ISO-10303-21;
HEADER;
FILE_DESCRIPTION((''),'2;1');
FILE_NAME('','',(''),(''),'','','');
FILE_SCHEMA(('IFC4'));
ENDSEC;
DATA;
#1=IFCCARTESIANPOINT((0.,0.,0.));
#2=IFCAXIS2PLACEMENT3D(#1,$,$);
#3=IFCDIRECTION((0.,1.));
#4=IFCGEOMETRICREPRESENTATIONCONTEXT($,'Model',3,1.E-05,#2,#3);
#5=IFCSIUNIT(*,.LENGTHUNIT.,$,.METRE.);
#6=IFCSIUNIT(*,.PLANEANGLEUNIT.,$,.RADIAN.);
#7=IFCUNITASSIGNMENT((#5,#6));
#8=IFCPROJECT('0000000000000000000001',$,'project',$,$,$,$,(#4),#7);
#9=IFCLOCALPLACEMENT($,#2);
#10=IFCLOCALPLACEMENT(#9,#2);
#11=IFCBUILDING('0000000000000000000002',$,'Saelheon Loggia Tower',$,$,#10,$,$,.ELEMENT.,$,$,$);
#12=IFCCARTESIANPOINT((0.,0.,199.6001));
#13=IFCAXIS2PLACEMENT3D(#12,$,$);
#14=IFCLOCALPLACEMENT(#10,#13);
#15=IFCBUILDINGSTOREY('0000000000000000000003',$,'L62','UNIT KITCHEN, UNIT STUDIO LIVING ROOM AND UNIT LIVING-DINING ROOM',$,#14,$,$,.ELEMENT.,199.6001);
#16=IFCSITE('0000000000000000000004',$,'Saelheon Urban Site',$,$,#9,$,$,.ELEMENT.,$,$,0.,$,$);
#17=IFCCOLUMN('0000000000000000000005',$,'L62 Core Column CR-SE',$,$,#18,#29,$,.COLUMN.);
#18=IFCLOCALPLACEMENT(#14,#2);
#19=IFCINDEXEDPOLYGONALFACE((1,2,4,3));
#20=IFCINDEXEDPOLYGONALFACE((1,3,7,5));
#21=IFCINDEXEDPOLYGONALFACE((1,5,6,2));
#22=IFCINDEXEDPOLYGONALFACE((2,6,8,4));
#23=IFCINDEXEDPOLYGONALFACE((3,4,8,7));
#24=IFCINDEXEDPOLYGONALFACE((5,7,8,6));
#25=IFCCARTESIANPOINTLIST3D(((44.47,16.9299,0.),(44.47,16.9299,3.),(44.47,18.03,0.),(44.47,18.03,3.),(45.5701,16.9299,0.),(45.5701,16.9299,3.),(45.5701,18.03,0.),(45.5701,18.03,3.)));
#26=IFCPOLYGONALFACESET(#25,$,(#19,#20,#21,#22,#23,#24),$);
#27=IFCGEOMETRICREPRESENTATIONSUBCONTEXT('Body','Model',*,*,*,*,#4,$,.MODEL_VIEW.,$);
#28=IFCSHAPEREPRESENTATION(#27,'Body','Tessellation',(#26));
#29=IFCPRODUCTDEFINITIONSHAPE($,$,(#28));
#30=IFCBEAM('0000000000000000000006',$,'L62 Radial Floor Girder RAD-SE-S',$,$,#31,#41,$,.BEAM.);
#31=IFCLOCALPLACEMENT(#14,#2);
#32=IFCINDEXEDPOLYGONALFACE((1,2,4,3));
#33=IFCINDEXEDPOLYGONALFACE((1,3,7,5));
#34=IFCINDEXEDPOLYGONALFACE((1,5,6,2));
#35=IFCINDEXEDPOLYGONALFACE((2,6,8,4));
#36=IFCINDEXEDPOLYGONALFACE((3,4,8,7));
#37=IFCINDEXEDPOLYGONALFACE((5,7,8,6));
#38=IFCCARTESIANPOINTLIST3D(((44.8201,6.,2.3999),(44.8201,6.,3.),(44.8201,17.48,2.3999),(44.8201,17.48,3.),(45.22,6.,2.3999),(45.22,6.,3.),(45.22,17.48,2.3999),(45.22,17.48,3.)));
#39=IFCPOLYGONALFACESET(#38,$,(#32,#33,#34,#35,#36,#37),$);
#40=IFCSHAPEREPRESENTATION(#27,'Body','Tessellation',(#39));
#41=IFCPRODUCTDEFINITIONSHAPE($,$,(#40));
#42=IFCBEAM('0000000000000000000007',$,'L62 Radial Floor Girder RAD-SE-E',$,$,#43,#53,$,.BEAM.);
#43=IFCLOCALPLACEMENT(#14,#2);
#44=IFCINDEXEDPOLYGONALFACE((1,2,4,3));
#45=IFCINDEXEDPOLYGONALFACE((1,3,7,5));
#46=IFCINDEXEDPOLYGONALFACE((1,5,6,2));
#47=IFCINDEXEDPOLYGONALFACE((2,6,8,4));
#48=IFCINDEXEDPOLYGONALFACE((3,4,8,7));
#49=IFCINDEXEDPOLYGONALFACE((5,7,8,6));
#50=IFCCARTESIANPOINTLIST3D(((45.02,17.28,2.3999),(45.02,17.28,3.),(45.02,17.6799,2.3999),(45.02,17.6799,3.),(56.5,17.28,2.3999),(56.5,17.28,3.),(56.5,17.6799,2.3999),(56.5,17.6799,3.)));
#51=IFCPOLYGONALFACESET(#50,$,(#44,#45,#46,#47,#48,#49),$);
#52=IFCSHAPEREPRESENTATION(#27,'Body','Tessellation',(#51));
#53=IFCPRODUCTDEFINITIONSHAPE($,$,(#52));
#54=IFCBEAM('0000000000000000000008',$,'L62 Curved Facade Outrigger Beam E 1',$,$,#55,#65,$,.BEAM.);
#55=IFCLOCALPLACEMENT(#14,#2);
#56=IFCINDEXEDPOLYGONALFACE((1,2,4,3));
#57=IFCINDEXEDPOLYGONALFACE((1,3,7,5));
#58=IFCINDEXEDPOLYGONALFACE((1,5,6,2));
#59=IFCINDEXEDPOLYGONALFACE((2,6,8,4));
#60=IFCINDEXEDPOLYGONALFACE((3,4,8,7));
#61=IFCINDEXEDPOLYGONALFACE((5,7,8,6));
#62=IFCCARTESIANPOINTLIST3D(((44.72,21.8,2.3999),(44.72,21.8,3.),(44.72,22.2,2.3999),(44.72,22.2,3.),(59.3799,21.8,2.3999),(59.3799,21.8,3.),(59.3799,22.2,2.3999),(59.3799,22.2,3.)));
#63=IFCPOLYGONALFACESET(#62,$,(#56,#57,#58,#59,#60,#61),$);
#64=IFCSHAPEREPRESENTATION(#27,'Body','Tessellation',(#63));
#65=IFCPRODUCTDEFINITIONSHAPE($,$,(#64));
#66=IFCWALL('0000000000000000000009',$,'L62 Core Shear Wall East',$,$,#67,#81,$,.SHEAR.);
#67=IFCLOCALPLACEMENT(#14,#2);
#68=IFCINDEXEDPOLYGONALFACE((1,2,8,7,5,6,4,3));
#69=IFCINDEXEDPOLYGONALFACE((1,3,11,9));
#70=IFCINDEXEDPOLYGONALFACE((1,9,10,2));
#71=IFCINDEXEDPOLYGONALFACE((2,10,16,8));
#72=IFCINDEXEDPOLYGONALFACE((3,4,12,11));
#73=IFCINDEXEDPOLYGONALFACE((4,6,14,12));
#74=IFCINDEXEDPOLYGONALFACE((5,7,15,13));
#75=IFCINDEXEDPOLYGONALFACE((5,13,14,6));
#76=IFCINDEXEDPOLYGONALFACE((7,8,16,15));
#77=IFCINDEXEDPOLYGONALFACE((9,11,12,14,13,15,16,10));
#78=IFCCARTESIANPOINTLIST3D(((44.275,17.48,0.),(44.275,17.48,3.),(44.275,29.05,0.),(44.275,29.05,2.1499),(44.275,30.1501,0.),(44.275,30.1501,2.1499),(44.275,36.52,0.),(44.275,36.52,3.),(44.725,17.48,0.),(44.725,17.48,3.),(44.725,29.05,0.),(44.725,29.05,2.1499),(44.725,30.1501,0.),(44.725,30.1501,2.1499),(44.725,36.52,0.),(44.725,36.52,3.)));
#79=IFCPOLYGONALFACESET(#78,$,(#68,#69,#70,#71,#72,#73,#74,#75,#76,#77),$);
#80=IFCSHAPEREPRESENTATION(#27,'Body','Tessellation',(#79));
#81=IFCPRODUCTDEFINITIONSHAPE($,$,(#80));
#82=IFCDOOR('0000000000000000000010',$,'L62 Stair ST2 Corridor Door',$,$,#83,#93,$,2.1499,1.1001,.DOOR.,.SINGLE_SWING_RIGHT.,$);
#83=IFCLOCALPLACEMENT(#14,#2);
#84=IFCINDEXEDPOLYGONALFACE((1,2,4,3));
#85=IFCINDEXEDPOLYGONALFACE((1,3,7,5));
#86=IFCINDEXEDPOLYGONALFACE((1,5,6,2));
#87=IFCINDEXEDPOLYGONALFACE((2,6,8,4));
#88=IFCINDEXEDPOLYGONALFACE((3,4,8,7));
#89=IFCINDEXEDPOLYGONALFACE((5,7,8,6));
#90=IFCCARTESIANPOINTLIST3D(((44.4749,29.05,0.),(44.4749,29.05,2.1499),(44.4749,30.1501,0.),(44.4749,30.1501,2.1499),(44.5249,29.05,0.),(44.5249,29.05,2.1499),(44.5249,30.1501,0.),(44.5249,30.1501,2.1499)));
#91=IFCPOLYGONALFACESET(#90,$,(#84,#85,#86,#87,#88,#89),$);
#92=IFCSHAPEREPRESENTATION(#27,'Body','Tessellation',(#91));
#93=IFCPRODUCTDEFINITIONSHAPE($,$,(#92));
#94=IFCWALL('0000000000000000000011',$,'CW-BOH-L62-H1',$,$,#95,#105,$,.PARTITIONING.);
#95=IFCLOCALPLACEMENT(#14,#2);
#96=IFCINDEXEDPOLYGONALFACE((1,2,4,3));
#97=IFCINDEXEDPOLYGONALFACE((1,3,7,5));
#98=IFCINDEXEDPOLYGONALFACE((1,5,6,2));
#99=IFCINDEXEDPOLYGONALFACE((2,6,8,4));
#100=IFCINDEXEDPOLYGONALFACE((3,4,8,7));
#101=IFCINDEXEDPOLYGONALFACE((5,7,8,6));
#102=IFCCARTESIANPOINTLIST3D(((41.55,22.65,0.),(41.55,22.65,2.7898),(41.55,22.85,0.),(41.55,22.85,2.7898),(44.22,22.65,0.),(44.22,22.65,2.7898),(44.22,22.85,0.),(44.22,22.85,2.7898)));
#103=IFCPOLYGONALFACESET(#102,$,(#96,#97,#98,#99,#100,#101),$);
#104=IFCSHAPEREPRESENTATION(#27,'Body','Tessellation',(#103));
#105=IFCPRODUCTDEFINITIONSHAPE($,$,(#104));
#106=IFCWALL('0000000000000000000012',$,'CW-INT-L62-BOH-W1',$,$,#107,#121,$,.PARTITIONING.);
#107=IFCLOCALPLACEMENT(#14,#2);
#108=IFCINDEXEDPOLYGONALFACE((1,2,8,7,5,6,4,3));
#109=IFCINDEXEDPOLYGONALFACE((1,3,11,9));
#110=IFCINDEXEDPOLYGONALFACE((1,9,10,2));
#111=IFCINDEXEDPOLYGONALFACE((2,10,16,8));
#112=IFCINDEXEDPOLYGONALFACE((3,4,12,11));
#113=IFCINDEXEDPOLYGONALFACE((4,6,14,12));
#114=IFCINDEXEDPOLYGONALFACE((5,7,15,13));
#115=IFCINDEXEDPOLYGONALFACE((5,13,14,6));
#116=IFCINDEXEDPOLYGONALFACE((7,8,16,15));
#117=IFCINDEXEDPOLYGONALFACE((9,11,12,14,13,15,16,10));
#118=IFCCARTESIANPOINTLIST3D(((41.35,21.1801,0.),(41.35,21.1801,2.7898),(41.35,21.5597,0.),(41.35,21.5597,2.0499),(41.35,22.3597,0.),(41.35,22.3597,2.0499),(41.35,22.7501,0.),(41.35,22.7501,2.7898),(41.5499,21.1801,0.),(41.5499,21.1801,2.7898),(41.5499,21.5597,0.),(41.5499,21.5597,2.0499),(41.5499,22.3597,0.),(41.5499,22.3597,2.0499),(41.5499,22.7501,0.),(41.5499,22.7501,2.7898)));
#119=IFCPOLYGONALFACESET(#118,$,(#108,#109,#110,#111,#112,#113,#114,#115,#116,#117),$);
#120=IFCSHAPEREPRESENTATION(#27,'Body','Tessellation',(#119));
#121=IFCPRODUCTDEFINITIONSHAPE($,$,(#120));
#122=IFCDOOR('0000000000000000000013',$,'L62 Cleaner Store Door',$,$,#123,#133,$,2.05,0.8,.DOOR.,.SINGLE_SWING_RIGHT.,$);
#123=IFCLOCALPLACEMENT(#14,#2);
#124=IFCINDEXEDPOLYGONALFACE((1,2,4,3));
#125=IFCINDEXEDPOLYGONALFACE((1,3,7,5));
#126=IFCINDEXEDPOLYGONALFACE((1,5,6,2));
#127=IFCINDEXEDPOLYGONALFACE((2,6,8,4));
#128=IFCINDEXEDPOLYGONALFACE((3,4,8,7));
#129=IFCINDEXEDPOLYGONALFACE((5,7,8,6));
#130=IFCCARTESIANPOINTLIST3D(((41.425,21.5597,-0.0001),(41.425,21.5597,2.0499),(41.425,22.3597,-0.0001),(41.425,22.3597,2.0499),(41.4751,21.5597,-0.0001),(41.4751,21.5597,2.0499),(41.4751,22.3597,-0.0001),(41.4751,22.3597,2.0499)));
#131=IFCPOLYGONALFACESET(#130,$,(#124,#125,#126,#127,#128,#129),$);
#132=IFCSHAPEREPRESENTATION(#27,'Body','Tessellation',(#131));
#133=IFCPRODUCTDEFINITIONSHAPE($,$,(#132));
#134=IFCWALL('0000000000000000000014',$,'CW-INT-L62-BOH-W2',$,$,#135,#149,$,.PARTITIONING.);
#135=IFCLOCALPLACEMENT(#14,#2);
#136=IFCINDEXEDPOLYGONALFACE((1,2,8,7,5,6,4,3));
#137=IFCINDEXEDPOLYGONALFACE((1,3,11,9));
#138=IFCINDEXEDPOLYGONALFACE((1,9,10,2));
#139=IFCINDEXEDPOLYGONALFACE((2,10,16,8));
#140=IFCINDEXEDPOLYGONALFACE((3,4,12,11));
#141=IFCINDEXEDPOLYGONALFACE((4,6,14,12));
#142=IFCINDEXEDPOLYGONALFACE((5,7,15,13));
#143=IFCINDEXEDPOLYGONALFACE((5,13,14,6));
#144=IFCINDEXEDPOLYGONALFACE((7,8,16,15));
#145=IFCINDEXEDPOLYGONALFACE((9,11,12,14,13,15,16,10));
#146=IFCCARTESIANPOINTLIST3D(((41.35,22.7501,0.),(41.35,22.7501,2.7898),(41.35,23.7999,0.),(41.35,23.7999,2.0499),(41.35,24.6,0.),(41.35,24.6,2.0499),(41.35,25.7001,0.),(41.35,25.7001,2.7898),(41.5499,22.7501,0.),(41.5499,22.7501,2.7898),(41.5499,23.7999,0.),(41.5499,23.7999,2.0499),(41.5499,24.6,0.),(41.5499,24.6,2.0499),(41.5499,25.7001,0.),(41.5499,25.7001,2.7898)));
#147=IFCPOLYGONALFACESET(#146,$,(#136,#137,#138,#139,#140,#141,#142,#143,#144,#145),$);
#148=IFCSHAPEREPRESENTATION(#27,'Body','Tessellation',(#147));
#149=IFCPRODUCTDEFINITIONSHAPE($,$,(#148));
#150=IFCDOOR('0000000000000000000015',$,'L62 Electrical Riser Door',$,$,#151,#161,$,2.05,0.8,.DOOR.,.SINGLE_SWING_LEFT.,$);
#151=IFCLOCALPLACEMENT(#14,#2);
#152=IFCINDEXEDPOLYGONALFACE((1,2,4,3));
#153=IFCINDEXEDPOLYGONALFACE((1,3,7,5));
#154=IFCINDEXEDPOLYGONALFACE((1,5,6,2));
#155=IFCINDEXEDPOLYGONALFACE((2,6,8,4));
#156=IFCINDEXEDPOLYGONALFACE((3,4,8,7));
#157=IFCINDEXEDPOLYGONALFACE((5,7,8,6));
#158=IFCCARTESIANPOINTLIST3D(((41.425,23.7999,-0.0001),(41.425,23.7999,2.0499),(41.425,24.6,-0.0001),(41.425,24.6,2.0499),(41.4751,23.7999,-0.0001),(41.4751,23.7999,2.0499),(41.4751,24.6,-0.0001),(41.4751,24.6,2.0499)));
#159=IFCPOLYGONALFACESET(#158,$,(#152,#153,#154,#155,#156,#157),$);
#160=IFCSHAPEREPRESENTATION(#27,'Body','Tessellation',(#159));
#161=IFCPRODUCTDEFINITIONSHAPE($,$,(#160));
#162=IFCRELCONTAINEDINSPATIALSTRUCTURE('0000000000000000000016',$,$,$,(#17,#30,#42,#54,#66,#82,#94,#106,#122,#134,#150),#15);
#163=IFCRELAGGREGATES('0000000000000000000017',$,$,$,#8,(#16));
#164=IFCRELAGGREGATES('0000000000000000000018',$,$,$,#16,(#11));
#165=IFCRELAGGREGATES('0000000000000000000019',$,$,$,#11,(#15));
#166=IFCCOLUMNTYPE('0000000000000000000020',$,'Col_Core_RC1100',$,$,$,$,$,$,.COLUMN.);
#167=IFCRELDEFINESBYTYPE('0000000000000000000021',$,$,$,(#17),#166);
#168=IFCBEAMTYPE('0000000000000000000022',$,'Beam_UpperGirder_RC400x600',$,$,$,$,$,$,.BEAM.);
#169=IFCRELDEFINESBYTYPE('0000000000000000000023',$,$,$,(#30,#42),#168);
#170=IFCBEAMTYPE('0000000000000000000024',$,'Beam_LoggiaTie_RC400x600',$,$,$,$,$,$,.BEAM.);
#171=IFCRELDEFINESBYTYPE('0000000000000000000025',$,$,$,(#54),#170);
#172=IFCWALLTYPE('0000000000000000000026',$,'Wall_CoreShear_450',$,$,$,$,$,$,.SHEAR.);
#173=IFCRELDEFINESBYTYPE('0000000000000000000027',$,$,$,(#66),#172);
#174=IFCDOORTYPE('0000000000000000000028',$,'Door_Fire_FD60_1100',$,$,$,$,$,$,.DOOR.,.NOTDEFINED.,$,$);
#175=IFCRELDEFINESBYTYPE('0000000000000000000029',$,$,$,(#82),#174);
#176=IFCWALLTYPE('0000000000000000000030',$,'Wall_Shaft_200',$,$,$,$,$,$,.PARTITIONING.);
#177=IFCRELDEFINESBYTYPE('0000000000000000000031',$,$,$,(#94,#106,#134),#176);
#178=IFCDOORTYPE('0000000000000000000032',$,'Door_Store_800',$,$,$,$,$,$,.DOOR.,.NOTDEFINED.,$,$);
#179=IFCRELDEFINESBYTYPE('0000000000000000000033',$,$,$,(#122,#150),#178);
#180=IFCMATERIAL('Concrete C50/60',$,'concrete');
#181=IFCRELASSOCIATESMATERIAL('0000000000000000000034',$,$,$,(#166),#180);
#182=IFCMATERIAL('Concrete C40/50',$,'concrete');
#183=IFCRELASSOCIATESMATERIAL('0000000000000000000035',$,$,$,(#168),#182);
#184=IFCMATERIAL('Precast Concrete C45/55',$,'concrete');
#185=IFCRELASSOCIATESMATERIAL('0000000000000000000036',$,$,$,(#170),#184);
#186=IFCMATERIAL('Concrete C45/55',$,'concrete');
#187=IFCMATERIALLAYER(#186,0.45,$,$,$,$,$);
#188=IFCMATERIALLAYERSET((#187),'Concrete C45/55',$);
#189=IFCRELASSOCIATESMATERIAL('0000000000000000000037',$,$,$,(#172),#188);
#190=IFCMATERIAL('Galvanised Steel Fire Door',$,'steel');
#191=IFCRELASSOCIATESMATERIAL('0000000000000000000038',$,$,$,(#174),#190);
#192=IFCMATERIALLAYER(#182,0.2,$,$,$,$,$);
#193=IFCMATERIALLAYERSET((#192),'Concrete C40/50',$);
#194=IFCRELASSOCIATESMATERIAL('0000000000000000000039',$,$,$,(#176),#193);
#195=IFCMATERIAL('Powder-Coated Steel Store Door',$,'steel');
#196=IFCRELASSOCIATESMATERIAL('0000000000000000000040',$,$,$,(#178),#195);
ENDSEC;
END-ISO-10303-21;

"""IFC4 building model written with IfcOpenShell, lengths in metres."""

from ifc_helpers import new_model, si_unit, direction, frame, frame_2d, origin, origin_2d, place, context, subcontext, project, spatial, rectangle, extrude, source, transform, mapped, material, layer, layer_set, material_profile, profile_set, type_object, element, fill, save


model = new_model("IFC4")

# Units and contexts
model_context = context("Model", 3, precision=1e-05, world=origin(), true_north=direction((0.0, 1.0)))
body_context = subcontext(model_context, "Body", "Model", "MODEL_VIEW")
ifc_project = project(units=[si_unit("LENGTHUNIT", "METRE"), si_unit("PLANEANGLEUNIT", "RADIAN")], contexts=[model_context])

# Site, building, storey
site_placement = place(None, origin())
site = spatial("IfcSite", under=ifc_project, at=site_placement, Name="Saelheon Urban Site", CompositionType="ELEMENT", RefElevation=0.0)
building_placement = place(site_placement, origin())
building = spatial("IfcBuilding", under=site, at=building_placement, Name="Saelheon Loggia Tower", CompositionType="ELEMENT")
storey_placement = place(building_placement, frame((0.0, 0.0, 199.6001)))
storey = spatial("IfcBuildingStorey", under=building, at=storey_placement, Name="L62", Description="UNIT KITCHEN, UNIT STUDIO LIVING ROOM AND UNIT LIVING-DINING ROOM", CompositionType="ELEMENT", Elevation=199.6001)

# Column
ifc_material_1 = material(Name="Concrete C50/60", Category="concrete")
ifc_material_profile_1 = material_profile(ifc_material_1, rectangle(XDim=1.1001, YDim=1.1001, at=origin_2d()), Name="RC-1100x1100")
ifc_profile_set_1 = profile_set([ifc_material_profile_1], Name="Concrete C50/60")
column_type = type_object("IfcColumnType", Name="Col_Core_RC1100", PredefinedType="COLUMN", material=ifc_profile_set_1)
shared_shape_1 = source(origin(), body_context, "Body", "SweptSolid", [
    extrude(rectangle(XDim=1.1001, YDim=1.1001, at=origin_2d()), origin(), (0.0, 0.0, 1.0), 3.0),
])
column_placement = place(storey_placement, frame((45.02, 17.48, 0.0), z_axis=(0.0, 0.0, 1.0), x_axis=(1.0, 0.0, 0.0)))
element("IfcColumn", 1, at=column_placement, inside=storey, type_object=column_type, Name="L62 Core Column CR-SE", PredefinedType="COLUMN", context=body_context, shape_type="MappedRepresentation", body=[
    mapped(shared_shape_1, transform((0.0, 0.0, 0.0), scale=1.0)),
])

# Beams
ifc_material_2 = material(Name="Concrete C40/50", Category="concrete")
ifc_material_profile_2 = material_profile(ifc_material_2, rectangle(XDim=0.3999, YDim=0.6001, at=origin_2d()), Name="RC-400x600")
ifc_profile_set_2 = profile_set([ifc_material_profile_2], Name="Concrete C40/50")
beam_type_1 = type_object("IfcBeamType", Name="Beam_UpperGirder_RC400x600", PredefinedType="BEAM", material=ifc_profile_set_2)
shared_shape_2 = source(origin(), body_context, "Body", "SweptSolid", [
    extrude(rectangle(XDim=0.3999, YDim=0.6001, at=origin_2d()), origin(), (0.0, 0.0, 1.0), 11.48),
])
for number, where, z_axis, x_axis, name in (
    (2, (45.02, 17.48, 2.7), (0.0, -1.0, 0.0), (1.0, 0.0, 0.0), "L62 Radial Floor Girder RAD-SE-S"),
    (3, (45.02, 17.48, 2.7), (1.0, 0.0, 0.0), (0.0, 1.0, 0.0), "L62 Radial Floor Girder RAD-SE-E"),
):
    element("IfcBeam", number, at=place(storey_placement, frame(where, z_axis=z_axis, x_axis=x_axis)), inside=storey, type_object=beam_type_1, Name=name, PredefinedType="BEAM", context=body_context, shape_type="MappedRepresentation", body=[
        mapped(shared_shape_2, transform((0.0, 0.0, 0.0), scale=1.0)),
    ])
ifc_material_3 = material(Name="Precast Concrete C45/55", Category="concrete")
ifc_material_profile_3 = material_profile(ifc_material_3, rectangle(XDim=0.3999, YDim=0.6001, at=origin_2d()), Name="RC-400x600")
ifc_profile_set_3 = profile_set([ifc_material_profile_3], Name="Precast Concrete C45/55")
beam_type_2 = type_object("IfcBeamType", Name="Beam_LoggiaTie_RC400x600", PredefinedType="BEAM", material=ifc_profile_set_3)
shared_shape_3 = source(origin(), body_context, "Body", "SweptSolid", [
    extrude(rectangle(XDim=0.3999, YDim=0.6001, at=origin_2d()), origin(), (0.0, 0.0, 1.0), 14.6599),
])
beam_placement = place(storey_placement, frame((44.72, 22.0, 2.7), z_axis=(1.0, 0.0, 0.0), x_axis=(0.0, 1.0, 0.0)))
element("IfcBeam", 4, at=beam_placement, inside=storey, type_object=beam_type_2, Name="L62 Curved Facade Outrigger Beam E 1", PredefinedType="BEAM", context=body_context, shape_type="MappedRepresentation", body=[
    mapped(shared_shape_3, transform((0.0, 0.0, 0.0), scale=1.0)),
])

# Wall, opening, door
ifc_material_4 = material(Name="Concrete C45/55", Category="concrete")
ifc_layer_1 = layer(ifc_material_4, 0.45)
ifc_layer_set_1 = layer_set([ifc_layer_1], Name="Concrete C45/55")
wall_type_1 = type_object("IfcWallType", Name="Wall_CoreShear_450", PredefinedType="SHEAR", material=ifc_layer_set_1)
wall_1_placement = place(storey_placement, frame((44.5, 17.48, 0.0), z_axis=(0.0, 0.0, 1.0), x_axis=(0.0, 1.0, 0.0)))
wall_1 = element("IfcWall", 5, at=wall_1_placement, inside=storey, type_object=wall_type_1, Name="L62 Core Shear Wall East", PredefinedType="SHEAR", context=body_context, shape_type="SweptSolid", body=[
    extrude(rectangle(XDim=19.04, YDim=0.45, at=frame_2d((9.52, 0.0))), origin(), (0.0, 0.0, 1.0), 3.0),
])
opening_1_placement = place(wall_1_placement, frame((12.6702, 0.0, 0.0), z_axis=(0.0, 0.0, 1.0), x_axis=(-1.0, 0.0, 0.0)))
opening_1 = element("IfcOpeningElement", 6, at=opening_1_placement, cuts=wall_1, PredefinedType="OPENING", context=body_context, shape_type="SweptSolid", body=[
    extrude(rectangle(XDim=1.1001, YDim=2.1499, at=frame_2d((0.55, 1.075))), frame((0.0, 0.2371, 0.0), z_axis=(0.0, -1.0, 0.0), x_axis=(1.0, 0.0, 0.0)), (0.0, 0.0, 1.0), 0.4739),
])
ifc_material_5 = material(Name="Galvanised Steel Fire Door", Category="steel")
door_type_1 = type_object("IfcDoorType", Name="Door_Fire_FD60_1100", OperationType="NOTDEFINED", PredefinedType="DOOR", material=ifc_material_5)
shared_shape_4 = source(origin(), body_context, "Body", "SweptSolid", [
    extrude(rectangle(XDim=1.1001, YDim=2.1499, at=frame_2d((0.55, 1.075))), frame((0.0, 0.0249, 0.0), z_axis=(0.0, -1.0, 0.0), x_axis=(1.0, 0.0, 0.0)), (0.0, 0.0, 1.0), 0.05),
])
door_1_placement = place(opening_1_placement, origin())
door_1 = element("IfcDoor", 7, at=door_1_placement, inside=storey, type_object=door_type_1, Name="L62 Stair ST2 Corridor Door", OperationType="SINGLE_SWING_RIGHT", OverallHeight=2.1499, OverallWidth=1.1001, PredefinedType="DOOR", context=body_context, shape_type="MappedRepresentation", body=[
    mapped(shared_shape_4, transform((0.0, 0.0, 0.0), scale=1.0)),
])
fill(opening_1, door_1)

# Wall
ifc_layer_2 = layer(ifc_material_2, 0.2)
ifc_layer_set_2 = layer_set([ifc_layer_2], Name="Concrete C40/50")
wall_type_2 = type_object("IfcWallType", Name="Wall_Shaft_200", PredefinedType="PARTITIONING", material=ifc_layer_set_2)
wall_2_placement = place(storey_placement, frame((41.55, 22.75, 0.0), z_axis=(0.0, 0.0, 1.0), x_axis=(1.0, 0.0, 0.0)))
element("IfcWall", 8, at=wall_2_placement, inside=storey, type_object=wall_type_2, Name="CW-BOH-L62-H1", PredefinedType="PARTITIONING", context=body_context, shape_type="SweptSolid", body=[
    extrude(rectangle(XDim=2.6699, YDim=0.2, at=frame_2d((1.335, 0.0))), origin(), (0.0, 0.0, 1.0), 2.7898),
])

# Walls, openings, doors
wall_3_placement = place(storey_placement, frame((41.45, 21.1799, 0.0), z_axis=(0.0, 0.0, 1.0), x_axis=(0.0, 1.0, 0.0)))
wall_3 = element("IfcWall", 9, at=wall_3_placement, inside=storey, type_object=wall_type_2, Name="CW-INT-L62-BOH-W1", PredefinedType="PARTITIONING", context=body_context, shape_type="SweptSolid", body=[
    extrude(rectangle(XDim=1.5701, YDim=0.2, at=frame_2d((0.7852, 0.0))), origin(), (0.0, 0.0, 1.0), 2.7898),
])
opening_2_placement = place(wall_3_placement, frame((0.3799, 0.0, 0.0)))
opening_2 = element("IfcOpeningElement", 10, at=opening_2_placement, cuts=wall_3, PredefinedType="OPENING", context=body_context, shape_type="SweptSolid", body=[
    extrude(rectangle(XDim=0.8, YDim=2.05, at=frame_2d((0.3999, 1.0249))), frame((0.0, 0.1121, 0.0), z_axis=(0.0, -1.0, 0.0), x_axis=(1.0, 0.0, 0.0)), (0.0, 0.0, 1.0), 0.2239),
])
ifc_material_6 = material(Name="Powder-Coated Steel Store Door", Category="steel")
door_type_2 = type_object("IfcDoorType", Name="Door_Store_800", OperationType="NOTDEFINED", PredefinedType="DOOR", material=ifc_material_6)
shared_shape_5 = source(origin(), body_context, "Body", "SweptSolid", [
    extrude(rectangle(XDim=0.8, YDim=2.05, at=frame_2d((0.3999, 1.0249))), frame((0.0, 0.0249, 0.0), z_axis=(0.0, -1.0, 0.0), x_axis=(1.0, 0.0, 0.0)), (0.0, 0.0, 1.0), 0.05),
])
door_2_placement = place(opening_2_placement, origin())
door_2 = element("IfcDoor", 11, at=door_2_placement, inside=storey, type_object=door_type_2, Name="L62 Cleaner Store Door", OperationType="SINGLE_SWING_RIGHT", OverallHeight=2.05, OverallWidth=0.8, PredefinedType="DOOR", context=body_context, shape_type="MappedRepresentation", body=[
    mapped(shared_shape_5, transform((0.0, 0.0, 0.0), scale=1.0)),
])
fill(opening_2, door_2)
wall_4_placement = place(storey_placement, frame((41.45, 22.75, 0.0), z_axis=(0.0, 0.0, 1.0), x_axis=(0.0, 1.0, 0.0)))
wall_4 = element("IfcWall", 12, at=wall_4_placement, inside=storey, type_object=wall_type_2, Name="CW-INT-L62-BOH-W2", PredefinedType="PARTITIONING", context=body_context, shape_type="SweptSolid", body=[
    extrude(rectangle(XDim=2.95, YDim=0.2, at=frame_2d((1.4751, 0.0))), origin(), (0.0, 0.0, 1.0), 2.7898),
])
opening_3_placement = place(wall_4_placement, frame((1.05, 0.0, 0.0)))
opening_3 = element("IfcOpeningElement", 13, at=opening_3_placement, cuts=wall_4, PredefinedType="OPENING", context=body_context, shape_type="SweptSolid", body=[
    extrude(rectangle(XDim=0.8, YDim=2.05, at=frame_2d((0.3999, 1.0249))), frame((0.0, 0.1121, 0.0), z_axis=(0.0, -1.0, 0.0), x_axis=(1.0, 0.0, 0.0)), (0.0, 0.0, 1.0), 0.2239),
])
door_3_placement = place(opening_3_placement, origin())
door_3 = element("IfcDoor", 14, at=door_3_placement, inside=storey, type_object=door_type_2, Name="L62 Electrical Riser Door", OperationType="SINGLE_SWING_LEFT", OverallHeight=2.05, OverallWidth=0.8, PredefinedType="DOOR", context=body_context, shape_type="MappedRepresentation", body=[
    mapped(shared_shape_5, transform((0.0, 0.0, 0.0), scale=1.0)),
])
fill(opening_3, door_3)

save(model, "model.ifc")
